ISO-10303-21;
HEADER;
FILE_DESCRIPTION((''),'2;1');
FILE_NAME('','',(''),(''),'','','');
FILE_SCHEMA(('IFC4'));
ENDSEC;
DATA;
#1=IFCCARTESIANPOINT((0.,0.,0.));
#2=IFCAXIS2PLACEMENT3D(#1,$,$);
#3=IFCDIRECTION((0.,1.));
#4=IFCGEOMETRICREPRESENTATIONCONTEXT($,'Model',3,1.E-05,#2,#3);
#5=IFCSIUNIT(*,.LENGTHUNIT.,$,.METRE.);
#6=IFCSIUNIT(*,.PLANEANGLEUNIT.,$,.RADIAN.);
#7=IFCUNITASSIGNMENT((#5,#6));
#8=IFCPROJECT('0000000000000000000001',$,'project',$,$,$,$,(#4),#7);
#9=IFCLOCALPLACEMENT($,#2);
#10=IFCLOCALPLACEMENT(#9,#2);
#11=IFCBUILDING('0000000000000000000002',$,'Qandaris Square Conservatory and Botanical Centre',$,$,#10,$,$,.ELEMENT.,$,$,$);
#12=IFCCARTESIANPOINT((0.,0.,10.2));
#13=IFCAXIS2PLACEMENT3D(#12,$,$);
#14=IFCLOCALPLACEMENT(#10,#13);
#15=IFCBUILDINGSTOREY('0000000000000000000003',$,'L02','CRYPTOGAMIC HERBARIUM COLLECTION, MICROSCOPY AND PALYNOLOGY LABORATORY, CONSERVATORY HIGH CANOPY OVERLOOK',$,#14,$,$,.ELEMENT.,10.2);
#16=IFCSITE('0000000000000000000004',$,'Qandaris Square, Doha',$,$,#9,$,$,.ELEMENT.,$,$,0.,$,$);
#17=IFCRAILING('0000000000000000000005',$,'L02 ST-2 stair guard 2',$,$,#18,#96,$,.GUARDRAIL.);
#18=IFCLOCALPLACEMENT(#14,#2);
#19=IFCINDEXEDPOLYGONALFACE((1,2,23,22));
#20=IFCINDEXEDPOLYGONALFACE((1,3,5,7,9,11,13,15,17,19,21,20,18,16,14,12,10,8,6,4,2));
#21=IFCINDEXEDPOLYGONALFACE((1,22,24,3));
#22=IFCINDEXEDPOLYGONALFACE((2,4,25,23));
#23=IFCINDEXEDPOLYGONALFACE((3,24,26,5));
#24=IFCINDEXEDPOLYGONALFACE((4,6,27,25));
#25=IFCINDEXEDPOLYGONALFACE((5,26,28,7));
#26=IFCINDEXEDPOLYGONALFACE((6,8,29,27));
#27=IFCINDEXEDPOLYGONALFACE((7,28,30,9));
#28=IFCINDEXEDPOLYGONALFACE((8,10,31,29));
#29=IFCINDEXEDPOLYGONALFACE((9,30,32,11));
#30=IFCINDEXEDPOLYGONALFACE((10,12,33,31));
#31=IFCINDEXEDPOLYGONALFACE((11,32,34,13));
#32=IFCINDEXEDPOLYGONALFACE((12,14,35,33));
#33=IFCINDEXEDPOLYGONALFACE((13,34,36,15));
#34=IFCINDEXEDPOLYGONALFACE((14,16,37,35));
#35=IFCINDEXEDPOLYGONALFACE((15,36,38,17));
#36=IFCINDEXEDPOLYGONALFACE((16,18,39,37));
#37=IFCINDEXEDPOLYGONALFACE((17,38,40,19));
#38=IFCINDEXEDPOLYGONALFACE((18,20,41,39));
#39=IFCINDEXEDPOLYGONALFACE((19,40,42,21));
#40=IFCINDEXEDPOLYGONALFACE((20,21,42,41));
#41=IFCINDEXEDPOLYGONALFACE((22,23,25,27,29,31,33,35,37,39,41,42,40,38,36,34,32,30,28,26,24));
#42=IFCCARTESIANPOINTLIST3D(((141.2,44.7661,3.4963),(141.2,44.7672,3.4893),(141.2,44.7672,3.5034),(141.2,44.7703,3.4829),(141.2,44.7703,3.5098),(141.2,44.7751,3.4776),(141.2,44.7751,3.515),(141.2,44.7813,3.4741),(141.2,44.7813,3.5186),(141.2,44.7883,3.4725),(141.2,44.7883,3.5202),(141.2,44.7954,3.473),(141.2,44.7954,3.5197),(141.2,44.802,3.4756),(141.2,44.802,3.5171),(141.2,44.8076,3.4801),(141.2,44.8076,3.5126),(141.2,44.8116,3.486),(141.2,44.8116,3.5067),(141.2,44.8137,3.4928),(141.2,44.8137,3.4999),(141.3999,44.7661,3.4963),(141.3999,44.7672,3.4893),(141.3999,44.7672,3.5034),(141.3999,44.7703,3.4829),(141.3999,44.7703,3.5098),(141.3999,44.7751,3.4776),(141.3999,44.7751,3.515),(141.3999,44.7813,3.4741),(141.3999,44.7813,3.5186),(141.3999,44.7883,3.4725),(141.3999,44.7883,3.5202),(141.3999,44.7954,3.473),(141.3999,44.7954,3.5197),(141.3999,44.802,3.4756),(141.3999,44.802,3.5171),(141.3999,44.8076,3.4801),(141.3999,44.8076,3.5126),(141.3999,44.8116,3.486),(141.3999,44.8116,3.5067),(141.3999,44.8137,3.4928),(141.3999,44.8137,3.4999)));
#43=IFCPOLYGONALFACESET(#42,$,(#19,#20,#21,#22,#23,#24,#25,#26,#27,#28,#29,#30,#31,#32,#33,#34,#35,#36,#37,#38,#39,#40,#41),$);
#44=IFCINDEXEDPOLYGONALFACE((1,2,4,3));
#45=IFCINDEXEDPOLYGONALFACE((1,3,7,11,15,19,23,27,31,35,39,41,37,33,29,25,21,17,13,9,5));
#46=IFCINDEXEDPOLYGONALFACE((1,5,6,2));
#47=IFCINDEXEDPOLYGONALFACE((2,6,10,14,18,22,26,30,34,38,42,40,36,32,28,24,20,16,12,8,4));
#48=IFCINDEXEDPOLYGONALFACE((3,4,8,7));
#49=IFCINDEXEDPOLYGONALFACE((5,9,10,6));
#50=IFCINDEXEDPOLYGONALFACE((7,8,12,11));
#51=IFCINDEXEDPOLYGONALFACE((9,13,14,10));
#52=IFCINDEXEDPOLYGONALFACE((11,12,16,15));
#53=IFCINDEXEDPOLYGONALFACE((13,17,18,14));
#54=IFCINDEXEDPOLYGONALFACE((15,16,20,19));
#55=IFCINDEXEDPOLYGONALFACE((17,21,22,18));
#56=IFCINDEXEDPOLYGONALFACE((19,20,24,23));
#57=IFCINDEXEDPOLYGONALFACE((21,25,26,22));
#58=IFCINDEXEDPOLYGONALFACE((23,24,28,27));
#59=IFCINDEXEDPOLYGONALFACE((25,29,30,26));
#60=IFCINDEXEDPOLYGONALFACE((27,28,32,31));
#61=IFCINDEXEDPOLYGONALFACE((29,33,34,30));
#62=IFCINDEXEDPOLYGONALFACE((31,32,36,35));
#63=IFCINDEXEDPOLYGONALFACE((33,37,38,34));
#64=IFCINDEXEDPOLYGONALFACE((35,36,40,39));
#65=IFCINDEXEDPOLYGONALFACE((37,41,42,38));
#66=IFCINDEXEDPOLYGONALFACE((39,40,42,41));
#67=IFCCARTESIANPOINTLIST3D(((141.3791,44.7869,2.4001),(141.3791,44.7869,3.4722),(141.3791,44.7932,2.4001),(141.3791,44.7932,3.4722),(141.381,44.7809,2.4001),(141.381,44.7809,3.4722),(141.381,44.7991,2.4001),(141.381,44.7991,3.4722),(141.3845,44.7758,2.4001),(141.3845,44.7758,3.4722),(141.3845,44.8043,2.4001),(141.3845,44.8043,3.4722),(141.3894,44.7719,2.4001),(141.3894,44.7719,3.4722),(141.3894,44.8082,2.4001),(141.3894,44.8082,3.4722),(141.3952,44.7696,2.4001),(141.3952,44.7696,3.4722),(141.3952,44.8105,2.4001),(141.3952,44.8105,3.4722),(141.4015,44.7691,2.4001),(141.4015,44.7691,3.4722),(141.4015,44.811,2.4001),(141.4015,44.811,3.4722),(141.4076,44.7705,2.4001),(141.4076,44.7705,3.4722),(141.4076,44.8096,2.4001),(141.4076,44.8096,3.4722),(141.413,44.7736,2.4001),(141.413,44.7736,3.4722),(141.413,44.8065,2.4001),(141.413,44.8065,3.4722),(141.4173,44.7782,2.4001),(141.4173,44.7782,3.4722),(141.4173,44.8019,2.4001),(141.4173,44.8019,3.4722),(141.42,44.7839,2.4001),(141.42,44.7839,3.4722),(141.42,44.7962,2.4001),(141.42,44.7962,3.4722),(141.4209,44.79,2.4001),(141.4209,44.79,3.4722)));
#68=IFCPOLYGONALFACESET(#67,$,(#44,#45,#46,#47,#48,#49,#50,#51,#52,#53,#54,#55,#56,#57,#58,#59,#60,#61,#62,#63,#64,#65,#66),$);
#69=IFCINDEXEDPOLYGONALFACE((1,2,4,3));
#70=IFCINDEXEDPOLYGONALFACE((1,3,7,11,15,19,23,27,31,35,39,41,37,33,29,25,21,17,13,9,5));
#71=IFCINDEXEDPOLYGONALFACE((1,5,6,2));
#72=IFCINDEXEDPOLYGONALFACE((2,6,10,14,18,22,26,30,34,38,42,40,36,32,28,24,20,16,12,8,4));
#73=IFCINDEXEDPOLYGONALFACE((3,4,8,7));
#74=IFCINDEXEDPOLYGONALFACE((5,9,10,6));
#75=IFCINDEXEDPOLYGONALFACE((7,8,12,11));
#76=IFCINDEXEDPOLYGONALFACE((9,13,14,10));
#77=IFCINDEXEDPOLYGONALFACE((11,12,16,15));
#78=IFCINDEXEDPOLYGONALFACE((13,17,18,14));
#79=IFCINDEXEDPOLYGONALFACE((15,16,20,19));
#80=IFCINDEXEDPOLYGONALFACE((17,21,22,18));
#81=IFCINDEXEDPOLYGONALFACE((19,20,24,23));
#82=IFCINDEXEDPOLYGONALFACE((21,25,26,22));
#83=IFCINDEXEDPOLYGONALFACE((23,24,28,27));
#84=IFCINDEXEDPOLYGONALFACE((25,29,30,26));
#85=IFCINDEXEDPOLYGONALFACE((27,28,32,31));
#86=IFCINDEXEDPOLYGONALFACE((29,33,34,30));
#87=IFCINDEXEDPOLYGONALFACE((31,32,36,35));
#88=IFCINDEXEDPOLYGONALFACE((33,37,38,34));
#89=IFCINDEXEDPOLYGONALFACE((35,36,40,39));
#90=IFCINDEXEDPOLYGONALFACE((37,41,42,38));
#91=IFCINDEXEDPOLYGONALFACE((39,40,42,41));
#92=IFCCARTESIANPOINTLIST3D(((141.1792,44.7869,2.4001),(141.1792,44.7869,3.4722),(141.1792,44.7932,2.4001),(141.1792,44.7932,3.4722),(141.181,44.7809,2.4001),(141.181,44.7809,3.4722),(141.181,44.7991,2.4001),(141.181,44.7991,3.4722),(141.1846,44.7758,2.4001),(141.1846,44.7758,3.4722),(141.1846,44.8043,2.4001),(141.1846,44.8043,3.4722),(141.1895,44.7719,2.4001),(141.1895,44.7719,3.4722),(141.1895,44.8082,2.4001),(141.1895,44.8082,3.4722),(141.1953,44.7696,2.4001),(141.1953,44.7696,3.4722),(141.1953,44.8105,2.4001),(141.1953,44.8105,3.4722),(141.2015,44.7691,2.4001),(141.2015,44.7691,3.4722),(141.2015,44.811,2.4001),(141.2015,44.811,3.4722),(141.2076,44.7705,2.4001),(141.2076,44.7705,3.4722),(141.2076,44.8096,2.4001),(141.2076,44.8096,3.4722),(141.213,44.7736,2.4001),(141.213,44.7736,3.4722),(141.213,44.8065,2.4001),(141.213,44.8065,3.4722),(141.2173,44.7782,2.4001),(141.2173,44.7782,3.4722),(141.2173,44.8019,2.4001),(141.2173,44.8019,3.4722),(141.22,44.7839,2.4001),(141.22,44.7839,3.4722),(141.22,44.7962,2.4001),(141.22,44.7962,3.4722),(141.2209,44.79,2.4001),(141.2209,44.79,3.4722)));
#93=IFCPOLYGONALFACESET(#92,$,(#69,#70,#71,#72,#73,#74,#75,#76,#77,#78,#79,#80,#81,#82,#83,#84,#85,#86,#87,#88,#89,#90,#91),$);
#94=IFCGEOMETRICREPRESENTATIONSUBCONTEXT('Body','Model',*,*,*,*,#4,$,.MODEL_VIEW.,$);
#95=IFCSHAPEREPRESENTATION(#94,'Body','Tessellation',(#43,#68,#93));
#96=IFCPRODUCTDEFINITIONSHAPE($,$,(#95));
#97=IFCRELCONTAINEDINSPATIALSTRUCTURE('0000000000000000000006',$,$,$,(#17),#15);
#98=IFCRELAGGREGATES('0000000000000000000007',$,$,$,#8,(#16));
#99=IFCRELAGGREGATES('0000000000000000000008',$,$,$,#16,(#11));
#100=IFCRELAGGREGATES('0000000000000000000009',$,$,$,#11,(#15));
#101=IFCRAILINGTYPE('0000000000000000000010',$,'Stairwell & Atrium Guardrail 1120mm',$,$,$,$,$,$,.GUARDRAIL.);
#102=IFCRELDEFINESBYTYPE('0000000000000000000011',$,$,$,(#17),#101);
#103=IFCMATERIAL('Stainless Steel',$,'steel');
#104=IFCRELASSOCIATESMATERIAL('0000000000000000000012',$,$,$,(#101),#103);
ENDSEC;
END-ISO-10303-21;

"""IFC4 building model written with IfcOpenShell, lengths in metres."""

from ifc_helpers import new_model, si_unit, direction, frame, origin, origin_2d, place, context, subcontext, project, spatial, circle, extrude, material, type_object, element, save


model = new_model("IFC4")

# Units and contexts
model_context = context("Model", 3, precision=1e-05, world=origin(), true_north=direction((0.0, 1.0)))
body_context = subcontext(model_context, "Body", "Model", "MODEL_VIEW")
ifc_project = project(units=[si_unit("LENGTHUNIT", "METRE"), si_unit("PLANEANGLEUNIT", "RADIAN")], contexts=[model_context])

# Site, building, storey
site_placement = place(None, origin())
site = spatial("IfcSite", under=ifc_project, at=site_placement, Name="Qandaris Square, Doha", CompositionType="ELEMENT", RefElevation=0.0)
building_placement = place(site_placement, origin())
building = spatial("IfcBuilding", under=site, at=building_placement, Name="Qandaris Square Conservatory and Botanical Centre", CompositionType="ELEMENT")
storey_placement = place(building_placement, frame((0.0, 0.0, 10.2)))
storey = spatial("IfcBuildingStorey", under=building, at=storey_placement, Name="L02", Description="CRYPTOGAMIC HERBARIUM COLLECTION, MICROSCOPY AND PALYNOLOGY LABORATORY, CONSERVATORY HIGH CANOPY OVERLOOK", CompositionType="ELEMENT", Elevation=10.2)

# Railing
ifc_material_1 = material(Name="Stainless Steel", Category="steel")
railing_type_1 = type_object("IfcRailingType", Name="Stairwell & Atrium Guardrail 1120mm", PredefinedType="GUARDRAIL", material=ifc_material_1)
railing_1_placement = place(storey_placement, frame((141.3999, 44.79, 2.4001)))
element("IfcRailing", 1, at=railing_1_placement, inside=storey, type_object=railing_type_1, Name="L02 ST-2 stair guard 2", PredefinedType="GUARDRAIL", context=body_context, shape_type="SweptSolid", body=[
    extrude(circle(Radius=0.0239, at=origin_2d()), frame((0.0, 0.0, 1.0962), z_axis=(-1.0, 0.0, 0.0), x_axis=(0.0, -1.0, 0.0)), (0.0, 0.0, 1.0), 0.2),
    extrude(circle(Radius=0.021, at=origin_2d()), origin(), (0.0, 0.0, 1.0), 1.072),
    extrude(circle(Radius=0.021, at=origin_2d()), frame((-0.2, 0.0, 0.0)), (0.0, 0.0, 1.0), 1.072),
])

save(model, "model.ifc")
